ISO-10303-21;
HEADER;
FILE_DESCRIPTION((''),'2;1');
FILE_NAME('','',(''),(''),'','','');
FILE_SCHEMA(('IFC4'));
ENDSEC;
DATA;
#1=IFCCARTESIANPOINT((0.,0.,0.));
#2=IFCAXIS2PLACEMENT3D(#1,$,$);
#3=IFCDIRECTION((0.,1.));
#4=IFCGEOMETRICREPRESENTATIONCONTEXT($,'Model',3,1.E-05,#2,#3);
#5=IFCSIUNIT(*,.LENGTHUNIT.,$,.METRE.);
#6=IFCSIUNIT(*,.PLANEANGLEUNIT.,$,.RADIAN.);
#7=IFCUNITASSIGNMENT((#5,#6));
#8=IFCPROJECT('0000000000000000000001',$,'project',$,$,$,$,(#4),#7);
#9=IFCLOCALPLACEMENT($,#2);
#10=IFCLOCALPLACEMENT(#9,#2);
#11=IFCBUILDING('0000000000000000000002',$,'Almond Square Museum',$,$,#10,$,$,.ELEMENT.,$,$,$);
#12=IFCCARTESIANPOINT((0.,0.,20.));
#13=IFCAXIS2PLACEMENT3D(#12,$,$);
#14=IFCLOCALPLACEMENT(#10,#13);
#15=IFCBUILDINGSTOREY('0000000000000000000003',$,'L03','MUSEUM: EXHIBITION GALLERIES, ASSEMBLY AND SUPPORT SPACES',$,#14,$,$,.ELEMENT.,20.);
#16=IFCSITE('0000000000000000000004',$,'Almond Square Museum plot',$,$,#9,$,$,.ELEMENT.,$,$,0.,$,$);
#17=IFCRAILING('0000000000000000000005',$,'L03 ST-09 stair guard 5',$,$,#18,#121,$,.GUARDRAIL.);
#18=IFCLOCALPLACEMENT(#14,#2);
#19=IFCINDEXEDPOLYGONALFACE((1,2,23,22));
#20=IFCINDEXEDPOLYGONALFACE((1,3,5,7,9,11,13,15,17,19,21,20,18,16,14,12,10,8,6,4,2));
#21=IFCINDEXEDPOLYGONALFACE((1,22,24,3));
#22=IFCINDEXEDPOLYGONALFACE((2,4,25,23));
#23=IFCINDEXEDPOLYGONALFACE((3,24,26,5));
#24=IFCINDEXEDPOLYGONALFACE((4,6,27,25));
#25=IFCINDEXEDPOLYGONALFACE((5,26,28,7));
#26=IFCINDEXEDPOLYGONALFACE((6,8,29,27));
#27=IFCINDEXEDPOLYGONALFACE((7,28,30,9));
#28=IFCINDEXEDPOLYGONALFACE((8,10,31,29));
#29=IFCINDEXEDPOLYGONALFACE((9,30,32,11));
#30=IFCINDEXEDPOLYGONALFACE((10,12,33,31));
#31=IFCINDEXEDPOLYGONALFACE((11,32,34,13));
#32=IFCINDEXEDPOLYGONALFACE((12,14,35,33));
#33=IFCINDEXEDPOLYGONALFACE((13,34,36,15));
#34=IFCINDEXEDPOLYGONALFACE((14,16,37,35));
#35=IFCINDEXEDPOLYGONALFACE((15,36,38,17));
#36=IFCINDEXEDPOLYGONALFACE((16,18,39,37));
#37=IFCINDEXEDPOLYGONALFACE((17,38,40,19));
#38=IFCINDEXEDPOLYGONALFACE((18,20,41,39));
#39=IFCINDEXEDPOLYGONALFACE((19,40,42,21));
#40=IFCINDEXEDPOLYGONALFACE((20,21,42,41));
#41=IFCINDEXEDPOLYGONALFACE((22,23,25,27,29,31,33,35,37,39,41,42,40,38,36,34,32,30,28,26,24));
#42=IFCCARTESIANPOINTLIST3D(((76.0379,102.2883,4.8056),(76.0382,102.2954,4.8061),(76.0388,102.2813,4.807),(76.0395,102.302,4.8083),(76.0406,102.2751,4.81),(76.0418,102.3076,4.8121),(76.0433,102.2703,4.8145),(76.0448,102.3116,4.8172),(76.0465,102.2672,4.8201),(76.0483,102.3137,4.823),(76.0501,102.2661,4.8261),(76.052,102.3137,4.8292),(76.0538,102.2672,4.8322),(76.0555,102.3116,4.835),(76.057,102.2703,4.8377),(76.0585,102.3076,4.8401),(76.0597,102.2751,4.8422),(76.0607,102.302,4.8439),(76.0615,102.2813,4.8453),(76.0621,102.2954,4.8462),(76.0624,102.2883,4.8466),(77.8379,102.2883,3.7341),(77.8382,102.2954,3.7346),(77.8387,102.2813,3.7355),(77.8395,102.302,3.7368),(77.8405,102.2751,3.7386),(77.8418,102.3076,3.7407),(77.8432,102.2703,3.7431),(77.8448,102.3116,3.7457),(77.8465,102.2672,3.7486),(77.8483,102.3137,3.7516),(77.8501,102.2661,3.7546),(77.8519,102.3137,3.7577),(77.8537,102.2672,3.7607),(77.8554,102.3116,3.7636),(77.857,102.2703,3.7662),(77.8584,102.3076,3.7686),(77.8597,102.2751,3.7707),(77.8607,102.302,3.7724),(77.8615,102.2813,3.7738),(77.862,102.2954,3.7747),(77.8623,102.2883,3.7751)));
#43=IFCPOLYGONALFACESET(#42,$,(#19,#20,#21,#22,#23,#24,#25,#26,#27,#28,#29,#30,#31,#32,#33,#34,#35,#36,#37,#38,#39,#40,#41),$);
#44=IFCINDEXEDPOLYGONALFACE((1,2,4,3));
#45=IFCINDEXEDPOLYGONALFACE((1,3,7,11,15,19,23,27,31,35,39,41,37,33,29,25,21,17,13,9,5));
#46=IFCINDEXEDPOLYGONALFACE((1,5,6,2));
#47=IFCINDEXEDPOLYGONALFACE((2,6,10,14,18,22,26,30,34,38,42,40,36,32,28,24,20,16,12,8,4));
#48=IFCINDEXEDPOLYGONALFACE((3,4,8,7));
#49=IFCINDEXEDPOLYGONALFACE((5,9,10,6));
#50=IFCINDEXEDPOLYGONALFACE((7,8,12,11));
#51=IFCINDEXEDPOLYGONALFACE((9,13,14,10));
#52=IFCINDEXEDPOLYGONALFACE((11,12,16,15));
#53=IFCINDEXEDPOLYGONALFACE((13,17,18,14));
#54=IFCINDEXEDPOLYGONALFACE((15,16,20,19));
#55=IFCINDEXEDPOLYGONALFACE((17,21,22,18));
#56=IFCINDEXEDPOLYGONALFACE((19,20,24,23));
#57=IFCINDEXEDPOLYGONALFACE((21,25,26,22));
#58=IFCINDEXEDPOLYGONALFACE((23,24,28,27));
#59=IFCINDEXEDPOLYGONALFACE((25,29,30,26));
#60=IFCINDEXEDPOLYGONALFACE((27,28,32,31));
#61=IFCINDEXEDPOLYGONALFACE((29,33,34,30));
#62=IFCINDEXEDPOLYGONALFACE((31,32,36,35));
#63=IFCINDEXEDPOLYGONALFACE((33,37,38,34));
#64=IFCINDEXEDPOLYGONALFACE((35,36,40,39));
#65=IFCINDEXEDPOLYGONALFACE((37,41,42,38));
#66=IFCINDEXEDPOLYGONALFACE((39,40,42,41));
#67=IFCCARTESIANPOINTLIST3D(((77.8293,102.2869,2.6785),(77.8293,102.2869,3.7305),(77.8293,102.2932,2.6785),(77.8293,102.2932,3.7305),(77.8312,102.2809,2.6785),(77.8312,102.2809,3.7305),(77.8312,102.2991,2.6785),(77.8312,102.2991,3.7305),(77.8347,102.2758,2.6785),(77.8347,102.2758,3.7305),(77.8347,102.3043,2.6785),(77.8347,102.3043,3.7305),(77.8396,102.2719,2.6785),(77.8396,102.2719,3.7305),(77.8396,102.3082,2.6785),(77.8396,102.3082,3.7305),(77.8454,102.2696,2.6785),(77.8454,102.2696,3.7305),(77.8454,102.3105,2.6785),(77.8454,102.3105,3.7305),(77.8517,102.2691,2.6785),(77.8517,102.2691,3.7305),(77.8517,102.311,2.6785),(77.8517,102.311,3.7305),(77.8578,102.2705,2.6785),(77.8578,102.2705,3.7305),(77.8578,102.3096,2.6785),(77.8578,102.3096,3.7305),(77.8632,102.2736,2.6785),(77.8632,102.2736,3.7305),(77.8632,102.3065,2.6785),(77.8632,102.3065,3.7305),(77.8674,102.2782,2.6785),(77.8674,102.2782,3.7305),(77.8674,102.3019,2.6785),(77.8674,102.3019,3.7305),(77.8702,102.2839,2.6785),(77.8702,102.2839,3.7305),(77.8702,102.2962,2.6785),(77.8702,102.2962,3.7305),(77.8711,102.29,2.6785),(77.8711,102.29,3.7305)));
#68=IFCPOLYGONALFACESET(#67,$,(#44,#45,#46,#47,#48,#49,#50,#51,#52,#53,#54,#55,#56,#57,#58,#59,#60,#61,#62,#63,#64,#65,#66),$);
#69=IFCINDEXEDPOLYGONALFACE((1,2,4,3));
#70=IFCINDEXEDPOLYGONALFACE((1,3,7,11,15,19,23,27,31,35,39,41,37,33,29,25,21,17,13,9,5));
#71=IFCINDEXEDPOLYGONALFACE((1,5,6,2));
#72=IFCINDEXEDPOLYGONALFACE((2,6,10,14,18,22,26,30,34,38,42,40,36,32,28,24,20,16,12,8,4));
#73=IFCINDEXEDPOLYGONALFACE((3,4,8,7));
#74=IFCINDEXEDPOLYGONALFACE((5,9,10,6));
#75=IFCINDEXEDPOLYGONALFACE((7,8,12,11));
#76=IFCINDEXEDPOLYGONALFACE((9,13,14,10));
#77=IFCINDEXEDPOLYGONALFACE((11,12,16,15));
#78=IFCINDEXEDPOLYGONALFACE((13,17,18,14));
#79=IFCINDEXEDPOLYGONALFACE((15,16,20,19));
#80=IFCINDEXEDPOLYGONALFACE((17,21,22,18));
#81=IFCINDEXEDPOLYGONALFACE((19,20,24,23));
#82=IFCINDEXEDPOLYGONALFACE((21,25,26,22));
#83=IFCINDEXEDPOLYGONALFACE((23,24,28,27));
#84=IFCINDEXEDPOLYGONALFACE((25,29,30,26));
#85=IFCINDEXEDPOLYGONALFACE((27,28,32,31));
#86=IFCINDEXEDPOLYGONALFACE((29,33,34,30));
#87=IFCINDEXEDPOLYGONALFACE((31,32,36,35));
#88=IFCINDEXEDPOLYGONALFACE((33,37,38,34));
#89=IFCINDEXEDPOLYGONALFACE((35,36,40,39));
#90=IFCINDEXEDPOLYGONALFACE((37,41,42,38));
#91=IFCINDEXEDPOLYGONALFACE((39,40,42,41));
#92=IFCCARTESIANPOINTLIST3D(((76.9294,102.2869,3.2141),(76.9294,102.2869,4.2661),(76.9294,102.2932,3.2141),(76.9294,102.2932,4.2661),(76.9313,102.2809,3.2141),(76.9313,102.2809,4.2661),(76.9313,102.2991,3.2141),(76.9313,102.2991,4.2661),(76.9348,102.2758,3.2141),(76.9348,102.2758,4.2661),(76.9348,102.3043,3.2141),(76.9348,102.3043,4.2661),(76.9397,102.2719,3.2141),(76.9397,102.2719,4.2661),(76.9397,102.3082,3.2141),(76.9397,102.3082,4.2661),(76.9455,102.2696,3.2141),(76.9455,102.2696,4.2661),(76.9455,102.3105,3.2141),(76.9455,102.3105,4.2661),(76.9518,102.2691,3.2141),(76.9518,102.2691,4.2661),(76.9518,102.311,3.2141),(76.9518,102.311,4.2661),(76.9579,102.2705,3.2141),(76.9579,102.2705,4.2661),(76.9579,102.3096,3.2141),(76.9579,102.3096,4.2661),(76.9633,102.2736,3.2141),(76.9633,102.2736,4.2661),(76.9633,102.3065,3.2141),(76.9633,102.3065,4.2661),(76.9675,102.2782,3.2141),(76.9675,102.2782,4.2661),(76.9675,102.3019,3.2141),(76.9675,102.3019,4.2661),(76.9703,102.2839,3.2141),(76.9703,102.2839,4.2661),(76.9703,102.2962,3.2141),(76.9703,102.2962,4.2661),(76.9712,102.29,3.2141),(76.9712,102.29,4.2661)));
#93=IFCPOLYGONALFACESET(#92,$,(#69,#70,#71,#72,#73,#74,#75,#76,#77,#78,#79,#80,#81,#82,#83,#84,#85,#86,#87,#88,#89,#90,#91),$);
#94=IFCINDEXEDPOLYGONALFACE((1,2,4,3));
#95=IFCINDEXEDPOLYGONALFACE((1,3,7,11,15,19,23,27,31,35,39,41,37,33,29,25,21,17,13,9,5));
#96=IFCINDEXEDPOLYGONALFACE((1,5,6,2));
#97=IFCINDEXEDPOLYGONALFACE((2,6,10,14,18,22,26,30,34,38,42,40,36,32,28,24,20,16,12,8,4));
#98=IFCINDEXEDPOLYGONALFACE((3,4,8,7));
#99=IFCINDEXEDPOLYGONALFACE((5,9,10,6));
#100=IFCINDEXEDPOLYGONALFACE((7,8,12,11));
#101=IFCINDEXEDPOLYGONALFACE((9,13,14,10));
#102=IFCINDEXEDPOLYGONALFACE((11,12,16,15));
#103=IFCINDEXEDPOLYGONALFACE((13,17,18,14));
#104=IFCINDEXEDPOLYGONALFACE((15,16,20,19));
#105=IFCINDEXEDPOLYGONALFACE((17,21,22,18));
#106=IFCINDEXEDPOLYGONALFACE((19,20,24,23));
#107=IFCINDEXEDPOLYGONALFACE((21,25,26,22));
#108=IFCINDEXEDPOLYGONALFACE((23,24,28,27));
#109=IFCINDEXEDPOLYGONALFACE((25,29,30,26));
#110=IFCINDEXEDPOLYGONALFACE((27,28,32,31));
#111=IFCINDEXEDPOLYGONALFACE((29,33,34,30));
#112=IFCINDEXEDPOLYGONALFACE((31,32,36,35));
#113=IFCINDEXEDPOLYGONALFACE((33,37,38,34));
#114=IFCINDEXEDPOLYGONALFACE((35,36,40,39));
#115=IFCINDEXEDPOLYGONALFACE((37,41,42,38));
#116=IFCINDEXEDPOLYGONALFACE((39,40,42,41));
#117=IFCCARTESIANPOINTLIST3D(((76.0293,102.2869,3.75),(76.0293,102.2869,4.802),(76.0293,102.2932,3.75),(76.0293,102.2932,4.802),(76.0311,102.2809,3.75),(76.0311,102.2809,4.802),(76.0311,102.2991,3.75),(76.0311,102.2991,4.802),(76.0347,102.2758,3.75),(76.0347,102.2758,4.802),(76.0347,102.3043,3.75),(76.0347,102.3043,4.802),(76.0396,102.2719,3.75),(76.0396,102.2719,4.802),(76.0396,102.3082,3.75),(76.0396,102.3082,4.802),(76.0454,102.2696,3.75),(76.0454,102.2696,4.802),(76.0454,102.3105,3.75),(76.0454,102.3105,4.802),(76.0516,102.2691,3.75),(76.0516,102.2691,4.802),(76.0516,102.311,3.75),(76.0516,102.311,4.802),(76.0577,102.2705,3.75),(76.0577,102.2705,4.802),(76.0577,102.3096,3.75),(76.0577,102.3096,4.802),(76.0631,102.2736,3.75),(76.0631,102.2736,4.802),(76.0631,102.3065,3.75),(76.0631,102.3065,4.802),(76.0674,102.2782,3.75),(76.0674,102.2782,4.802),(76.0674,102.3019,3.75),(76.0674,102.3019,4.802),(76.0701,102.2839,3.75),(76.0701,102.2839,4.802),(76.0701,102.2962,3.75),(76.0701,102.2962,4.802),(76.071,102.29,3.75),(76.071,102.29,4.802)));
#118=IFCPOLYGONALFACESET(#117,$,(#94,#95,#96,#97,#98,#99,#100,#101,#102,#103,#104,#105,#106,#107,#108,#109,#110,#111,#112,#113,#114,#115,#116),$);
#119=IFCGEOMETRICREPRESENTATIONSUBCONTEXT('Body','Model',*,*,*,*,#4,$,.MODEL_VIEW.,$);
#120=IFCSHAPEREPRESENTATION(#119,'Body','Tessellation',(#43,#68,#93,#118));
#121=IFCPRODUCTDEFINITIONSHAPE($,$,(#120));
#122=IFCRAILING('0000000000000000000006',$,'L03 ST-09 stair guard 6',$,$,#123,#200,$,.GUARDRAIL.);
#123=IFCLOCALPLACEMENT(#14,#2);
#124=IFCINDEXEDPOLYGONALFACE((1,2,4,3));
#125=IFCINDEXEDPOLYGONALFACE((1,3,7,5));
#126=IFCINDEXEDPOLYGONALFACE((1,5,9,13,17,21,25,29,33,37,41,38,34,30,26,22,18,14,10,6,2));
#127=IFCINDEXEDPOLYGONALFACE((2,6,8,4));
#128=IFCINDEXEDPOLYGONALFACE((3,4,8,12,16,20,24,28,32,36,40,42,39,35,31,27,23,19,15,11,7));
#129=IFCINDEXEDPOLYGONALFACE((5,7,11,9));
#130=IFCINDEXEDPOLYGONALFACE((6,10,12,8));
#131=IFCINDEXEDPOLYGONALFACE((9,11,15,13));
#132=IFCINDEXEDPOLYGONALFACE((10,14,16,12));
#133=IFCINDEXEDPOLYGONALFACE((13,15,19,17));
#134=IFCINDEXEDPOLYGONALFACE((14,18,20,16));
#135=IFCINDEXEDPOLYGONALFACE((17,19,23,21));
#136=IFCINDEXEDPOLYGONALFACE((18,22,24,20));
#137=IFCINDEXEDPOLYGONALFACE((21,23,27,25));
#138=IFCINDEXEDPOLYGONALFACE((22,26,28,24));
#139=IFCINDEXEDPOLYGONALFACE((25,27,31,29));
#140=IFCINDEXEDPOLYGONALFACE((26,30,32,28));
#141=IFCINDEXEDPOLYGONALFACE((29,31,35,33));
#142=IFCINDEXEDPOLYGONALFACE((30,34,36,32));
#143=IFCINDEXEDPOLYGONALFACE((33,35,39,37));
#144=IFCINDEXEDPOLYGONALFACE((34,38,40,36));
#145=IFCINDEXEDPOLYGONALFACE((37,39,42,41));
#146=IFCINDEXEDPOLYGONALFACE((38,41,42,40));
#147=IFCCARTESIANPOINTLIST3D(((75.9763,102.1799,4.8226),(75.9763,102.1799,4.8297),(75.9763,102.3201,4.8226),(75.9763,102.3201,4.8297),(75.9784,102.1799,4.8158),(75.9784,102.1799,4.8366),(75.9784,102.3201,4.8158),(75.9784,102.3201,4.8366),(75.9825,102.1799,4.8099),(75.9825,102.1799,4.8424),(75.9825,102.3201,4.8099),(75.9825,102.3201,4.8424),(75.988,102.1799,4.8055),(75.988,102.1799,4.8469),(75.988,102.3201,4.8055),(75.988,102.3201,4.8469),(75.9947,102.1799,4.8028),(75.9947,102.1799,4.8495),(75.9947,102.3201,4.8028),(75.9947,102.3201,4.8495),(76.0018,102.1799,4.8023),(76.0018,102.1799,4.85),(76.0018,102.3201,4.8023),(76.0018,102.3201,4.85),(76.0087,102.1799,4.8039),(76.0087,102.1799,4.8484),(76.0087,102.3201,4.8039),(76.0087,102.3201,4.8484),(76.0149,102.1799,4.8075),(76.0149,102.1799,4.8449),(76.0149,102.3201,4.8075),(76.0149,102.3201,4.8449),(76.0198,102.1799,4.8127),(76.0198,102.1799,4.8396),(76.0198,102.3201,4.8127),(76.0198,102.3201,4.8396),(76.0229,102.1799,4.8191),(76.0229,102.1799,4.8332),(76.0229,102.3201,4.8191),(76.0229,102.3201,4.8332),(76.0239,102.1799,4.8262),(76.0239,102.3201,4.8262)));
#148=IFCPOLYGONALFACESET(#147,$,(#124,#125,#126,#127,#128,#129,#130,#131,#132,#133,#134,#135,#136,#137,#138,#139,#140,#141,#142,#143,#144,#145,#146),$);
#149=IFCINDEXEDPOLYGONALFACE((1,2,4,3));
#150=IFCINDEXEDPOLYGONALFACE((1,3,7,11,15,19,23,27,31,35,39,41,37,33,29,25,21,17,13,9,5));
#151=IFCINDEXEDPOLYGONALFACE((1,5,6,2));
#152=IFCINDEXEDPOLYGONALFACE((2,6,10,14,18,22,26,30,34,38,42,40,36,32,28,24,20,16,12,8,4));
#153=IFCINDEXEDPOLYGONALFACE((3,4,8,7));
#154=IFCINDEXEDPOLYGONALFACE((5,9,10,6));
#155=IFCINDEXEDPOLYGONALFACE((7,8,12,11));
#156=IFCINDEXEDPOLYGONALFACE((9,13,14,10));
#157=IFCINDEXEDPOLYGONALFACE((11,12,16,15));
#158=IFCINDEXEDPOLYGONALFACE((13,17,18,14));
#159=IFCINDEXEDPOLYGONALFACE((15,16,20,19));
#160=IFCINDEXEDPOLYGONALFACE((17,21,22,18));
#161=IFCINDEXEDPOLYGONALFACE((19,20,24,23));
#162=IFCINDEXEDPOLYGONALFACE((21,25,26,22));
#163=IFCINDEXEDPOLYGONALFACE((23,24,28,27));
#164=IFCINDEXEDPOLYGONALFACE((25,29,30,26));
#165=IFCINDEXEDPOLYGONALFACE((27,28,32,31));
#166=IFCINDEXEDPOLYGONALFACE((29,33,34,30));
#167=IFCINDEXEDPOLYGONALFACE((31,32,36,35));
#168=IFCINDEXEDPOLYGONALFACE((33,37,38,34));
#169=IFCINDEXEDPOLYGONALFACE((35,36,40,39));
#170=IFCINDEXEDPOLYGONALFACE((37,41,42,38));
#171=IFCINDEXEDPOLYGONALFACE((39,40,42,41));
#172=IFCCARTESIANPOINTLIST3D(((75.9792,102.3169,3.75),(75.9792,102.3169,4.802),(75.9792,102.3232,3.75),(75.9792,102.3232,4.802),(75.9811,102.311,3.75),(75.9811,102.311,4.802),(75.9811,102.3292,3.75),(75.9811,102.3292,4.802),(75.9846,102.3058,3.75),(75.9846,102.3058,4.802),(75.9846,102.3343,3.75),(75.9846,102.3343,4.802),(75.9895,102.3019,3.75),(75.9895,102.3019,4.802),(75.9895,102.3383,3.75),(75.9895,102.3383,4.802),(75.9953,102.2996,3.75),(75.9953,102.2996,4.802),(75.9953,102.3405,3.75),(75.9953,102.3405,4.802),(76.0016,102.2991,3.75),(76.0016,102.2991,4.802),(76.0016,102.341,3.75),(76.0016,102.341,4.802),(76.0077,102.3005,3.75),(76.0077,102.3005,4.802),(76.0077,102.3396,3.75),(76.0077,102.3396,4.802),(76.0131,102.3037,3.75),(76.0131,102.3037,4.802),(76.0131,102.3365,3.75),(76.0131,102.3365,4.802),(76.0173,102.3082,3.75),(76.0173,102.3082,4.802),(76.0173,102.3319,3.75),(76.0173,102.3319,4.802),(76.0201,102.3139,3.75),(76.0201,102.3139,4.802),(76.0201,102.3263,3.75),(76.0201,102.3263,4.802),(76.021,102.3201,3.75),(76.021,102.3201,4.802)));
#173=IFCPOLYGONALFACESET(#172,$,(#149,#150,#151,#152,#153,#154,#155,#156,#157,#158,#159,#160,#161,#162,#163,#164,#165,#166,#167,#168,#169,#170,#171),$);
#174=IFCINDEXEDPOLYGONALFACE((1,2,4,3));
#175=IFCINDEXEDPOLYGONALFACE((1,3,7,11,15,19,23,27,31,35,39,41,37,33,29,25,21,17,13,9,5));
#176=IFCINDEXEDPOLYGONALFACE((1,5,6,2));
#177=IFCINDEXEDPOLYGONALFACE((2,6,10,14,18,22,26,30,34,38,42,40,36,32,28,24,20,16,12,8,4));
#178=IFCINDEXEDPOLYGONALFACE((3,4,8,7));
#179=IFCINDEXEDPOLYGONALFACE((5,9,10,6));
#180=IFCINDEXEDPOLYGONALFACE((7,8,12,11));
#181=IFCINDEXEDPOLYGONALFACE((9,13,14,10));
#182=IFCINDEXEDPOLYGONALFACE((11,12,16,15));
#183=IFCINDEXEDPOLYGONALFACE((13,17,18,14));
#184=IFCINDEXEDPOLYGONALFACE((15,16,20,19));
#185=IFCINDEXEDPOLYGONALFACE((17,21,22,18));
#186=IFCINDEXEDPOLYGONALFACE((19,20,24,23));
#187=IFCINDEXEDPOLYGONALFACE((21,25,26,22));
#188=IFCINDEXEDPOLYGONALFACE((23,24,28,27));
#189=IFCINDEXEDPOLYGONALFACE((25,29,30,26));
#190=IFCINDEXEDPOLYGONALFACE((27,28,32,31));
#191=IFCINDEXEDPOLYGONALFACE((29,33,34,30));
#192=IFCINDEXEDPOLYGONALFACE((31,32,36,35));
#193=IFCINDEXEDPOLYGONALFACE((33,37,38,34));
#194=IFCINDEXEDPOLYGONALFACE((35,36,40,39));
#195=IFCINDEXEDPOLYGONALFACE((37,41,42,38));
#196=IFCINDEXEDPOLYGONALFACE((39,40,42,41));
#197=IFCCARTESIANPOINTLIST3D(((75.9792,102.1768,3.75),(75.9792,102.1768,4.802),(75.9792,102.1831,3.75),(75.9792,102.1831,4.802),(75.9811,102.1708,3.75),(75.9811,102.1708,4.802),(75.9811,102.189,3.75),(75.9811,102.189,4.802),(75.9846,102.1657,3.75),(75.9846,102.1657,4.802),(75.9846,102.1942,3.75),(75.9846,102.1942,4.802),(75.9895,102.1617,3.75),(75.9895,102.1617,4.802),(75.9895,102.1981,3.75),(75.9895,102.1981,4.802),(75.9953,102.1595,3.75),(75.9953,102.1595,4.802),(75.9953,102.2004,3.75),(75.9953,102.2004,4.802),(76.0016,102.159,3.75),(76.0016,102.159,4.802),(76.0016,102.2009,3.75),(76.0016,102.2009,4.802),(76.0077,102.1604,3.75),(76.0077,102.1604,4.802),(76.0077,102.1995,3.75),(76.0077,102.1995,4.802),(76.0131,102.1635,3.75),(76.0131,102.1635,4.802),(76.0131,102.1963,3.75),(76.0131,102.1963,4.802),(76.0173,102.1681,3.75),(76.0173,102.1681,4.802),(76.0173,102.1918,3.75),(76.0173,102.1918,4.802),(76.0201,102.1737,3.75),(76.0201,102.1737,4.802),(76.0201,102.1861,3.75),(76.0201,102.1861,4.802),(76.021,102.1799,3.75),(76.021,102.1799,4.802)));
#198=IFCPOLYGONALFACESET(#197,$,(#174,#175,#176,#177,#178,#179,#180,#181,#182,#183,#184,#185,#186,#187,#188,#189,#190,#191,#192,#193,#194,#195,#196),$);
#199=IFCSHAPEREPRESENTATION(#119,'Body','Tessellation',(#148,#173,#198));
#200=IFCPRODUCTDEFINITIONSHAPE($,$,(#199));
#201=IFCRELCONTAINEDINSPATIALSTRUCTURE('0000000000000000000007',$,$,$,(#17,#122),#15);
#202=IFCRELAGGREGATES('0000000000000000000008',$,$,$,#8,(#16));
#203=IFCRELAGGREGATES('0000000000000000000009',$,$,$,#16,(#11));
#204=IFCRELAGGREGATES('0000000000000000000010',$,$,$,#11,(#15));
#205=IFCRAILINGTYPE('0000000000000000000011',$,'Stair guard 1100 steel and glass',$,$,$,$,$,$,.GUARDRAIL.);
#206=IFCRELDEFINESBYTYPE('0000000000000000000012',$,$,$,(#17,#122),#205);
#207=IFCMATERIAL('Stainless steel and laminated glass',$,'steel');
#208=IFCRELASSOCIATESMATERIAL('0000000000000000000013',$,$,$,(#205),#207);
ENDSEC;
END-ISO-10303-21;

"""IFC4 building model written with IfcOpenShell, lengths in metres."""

from ifc_helpers import new_model, si_unit, direction, frame, origin, origin_2d, place, context, subcontext, project, spatial, circle, extrude, material, type_object, element, save


model = new_model("IFC4")

# Units and contexts
model_context = context("Model", 3, precision=1e-05, world=origin(), true_north=direction((0.0, 1.0)))
body_context = subcontext(model_context, "Body", "Model", "MODEL_VIEW")
ifc_project = project(units=[si_unit("LENGTHUNIT", "METRE"), si_unit("PLANEANGLEUNIT", "RADIAN")], contexts=[model_context])

# Site, building, storey
site_placement = place(None, origin())
site = spatial("IfcSite", under=ifc_project, at=site_placement, Name="Almond Square Museum plot", CompositionType="ELEMENT", RefElevation=0.0)
building_placement = place(site_placement, origin())
building = spatial("IfcBuilding", under=site, at=building_placement, Name="Almond Square Museum", CompositionType="ELEMENT")
storey_placement = place(building_placement, frame((0.0, 0.0, 20.0)))
storey = spatial("IfcBuildingStorey", under=building, at=storey_placement, Name="L03", Description="MUSEUM: EXHIBITION GALLERIES, ASSEMBLY AND SUPPORT SPACES", CompositionType="ELEMENT", Elevation=20.0)

# Railings
ifc_material_1 = material(Name="Stainless steel and laminated glass", Category="steel")
railing_type_1 = type_object("IfcRailingType", Name="Stair guard 1100 steel and glass", PredefinedType="GUARDRAIL", material=ifc_material_1)
railing_1_placement = place(storey_placement, frame((77.8501, 102.29, 2.6785)))
element("IfcRailing", 1, at=railing_1_placement, inside=storey, type_object=railing_type_1, Name="L03 ST-09 stair guard 5", PredefinedType="GUARDRAIL", context=body_context, shape_type="SweptSolid", body=[
    extrude(circle(Radius=0.0239, at=origin_2d()), frame((0.0, 0.0, 1.0762), z_axis=(-0.859277, 0.0, 0.51151), x_axis=(0.0, -1.0, 0.0)), (0.0, 0.0, 1.0), 2.0947),
    extrude(circle(Radius=0.021, at=origin_2d()), origin(), (0.0, 0.0, 1.0), 1.052),
    extrude(circle(Radius=0.021, at=origin_2d()), frame((-0.8999, 0.0, 0.5356)), (0.0, 0.0, 1.0), 1.052),
    extrude(circle(Radius=0.021, at=origin_2d()), frame((-1.8, 0.0, 1.0715)), (0.0, 0.0, 1.0), 1.052),
])
railing_2_placement = place(storey_placement, frame((76.0, 102.3201, 3.75)))
element("IfcRailing", 2, at=railing_2_placement, inside=storey, type_object=railing_type_1, Name="L03 ST-09 stair guard 6", PredefinedType="GUARDRAIL", context=body_context, shape_type="SweptSolid", body=[
    extrude(circle(Radius=0.0239, at=origin_2d()), frame((0.0, 0.0, 1.0762), z_axis=(0.0, -1.0, 0.0), x_axis=(1.0, 0.0, 0.0)), (0.0, 0.0, 1.0), 0.1401),
    extrude(circle(Radius=0.021, at=origin_2d()), origin(), (0.0, 0.0, 1.0), 1.052),
    extrude(circle(Radius=0.021, at=origin_2d()), frame((0.0, -0.1401, 0.0)), (0.0, 0.0, 1.0), 1.052),
])

save(model, "model.ifc")
